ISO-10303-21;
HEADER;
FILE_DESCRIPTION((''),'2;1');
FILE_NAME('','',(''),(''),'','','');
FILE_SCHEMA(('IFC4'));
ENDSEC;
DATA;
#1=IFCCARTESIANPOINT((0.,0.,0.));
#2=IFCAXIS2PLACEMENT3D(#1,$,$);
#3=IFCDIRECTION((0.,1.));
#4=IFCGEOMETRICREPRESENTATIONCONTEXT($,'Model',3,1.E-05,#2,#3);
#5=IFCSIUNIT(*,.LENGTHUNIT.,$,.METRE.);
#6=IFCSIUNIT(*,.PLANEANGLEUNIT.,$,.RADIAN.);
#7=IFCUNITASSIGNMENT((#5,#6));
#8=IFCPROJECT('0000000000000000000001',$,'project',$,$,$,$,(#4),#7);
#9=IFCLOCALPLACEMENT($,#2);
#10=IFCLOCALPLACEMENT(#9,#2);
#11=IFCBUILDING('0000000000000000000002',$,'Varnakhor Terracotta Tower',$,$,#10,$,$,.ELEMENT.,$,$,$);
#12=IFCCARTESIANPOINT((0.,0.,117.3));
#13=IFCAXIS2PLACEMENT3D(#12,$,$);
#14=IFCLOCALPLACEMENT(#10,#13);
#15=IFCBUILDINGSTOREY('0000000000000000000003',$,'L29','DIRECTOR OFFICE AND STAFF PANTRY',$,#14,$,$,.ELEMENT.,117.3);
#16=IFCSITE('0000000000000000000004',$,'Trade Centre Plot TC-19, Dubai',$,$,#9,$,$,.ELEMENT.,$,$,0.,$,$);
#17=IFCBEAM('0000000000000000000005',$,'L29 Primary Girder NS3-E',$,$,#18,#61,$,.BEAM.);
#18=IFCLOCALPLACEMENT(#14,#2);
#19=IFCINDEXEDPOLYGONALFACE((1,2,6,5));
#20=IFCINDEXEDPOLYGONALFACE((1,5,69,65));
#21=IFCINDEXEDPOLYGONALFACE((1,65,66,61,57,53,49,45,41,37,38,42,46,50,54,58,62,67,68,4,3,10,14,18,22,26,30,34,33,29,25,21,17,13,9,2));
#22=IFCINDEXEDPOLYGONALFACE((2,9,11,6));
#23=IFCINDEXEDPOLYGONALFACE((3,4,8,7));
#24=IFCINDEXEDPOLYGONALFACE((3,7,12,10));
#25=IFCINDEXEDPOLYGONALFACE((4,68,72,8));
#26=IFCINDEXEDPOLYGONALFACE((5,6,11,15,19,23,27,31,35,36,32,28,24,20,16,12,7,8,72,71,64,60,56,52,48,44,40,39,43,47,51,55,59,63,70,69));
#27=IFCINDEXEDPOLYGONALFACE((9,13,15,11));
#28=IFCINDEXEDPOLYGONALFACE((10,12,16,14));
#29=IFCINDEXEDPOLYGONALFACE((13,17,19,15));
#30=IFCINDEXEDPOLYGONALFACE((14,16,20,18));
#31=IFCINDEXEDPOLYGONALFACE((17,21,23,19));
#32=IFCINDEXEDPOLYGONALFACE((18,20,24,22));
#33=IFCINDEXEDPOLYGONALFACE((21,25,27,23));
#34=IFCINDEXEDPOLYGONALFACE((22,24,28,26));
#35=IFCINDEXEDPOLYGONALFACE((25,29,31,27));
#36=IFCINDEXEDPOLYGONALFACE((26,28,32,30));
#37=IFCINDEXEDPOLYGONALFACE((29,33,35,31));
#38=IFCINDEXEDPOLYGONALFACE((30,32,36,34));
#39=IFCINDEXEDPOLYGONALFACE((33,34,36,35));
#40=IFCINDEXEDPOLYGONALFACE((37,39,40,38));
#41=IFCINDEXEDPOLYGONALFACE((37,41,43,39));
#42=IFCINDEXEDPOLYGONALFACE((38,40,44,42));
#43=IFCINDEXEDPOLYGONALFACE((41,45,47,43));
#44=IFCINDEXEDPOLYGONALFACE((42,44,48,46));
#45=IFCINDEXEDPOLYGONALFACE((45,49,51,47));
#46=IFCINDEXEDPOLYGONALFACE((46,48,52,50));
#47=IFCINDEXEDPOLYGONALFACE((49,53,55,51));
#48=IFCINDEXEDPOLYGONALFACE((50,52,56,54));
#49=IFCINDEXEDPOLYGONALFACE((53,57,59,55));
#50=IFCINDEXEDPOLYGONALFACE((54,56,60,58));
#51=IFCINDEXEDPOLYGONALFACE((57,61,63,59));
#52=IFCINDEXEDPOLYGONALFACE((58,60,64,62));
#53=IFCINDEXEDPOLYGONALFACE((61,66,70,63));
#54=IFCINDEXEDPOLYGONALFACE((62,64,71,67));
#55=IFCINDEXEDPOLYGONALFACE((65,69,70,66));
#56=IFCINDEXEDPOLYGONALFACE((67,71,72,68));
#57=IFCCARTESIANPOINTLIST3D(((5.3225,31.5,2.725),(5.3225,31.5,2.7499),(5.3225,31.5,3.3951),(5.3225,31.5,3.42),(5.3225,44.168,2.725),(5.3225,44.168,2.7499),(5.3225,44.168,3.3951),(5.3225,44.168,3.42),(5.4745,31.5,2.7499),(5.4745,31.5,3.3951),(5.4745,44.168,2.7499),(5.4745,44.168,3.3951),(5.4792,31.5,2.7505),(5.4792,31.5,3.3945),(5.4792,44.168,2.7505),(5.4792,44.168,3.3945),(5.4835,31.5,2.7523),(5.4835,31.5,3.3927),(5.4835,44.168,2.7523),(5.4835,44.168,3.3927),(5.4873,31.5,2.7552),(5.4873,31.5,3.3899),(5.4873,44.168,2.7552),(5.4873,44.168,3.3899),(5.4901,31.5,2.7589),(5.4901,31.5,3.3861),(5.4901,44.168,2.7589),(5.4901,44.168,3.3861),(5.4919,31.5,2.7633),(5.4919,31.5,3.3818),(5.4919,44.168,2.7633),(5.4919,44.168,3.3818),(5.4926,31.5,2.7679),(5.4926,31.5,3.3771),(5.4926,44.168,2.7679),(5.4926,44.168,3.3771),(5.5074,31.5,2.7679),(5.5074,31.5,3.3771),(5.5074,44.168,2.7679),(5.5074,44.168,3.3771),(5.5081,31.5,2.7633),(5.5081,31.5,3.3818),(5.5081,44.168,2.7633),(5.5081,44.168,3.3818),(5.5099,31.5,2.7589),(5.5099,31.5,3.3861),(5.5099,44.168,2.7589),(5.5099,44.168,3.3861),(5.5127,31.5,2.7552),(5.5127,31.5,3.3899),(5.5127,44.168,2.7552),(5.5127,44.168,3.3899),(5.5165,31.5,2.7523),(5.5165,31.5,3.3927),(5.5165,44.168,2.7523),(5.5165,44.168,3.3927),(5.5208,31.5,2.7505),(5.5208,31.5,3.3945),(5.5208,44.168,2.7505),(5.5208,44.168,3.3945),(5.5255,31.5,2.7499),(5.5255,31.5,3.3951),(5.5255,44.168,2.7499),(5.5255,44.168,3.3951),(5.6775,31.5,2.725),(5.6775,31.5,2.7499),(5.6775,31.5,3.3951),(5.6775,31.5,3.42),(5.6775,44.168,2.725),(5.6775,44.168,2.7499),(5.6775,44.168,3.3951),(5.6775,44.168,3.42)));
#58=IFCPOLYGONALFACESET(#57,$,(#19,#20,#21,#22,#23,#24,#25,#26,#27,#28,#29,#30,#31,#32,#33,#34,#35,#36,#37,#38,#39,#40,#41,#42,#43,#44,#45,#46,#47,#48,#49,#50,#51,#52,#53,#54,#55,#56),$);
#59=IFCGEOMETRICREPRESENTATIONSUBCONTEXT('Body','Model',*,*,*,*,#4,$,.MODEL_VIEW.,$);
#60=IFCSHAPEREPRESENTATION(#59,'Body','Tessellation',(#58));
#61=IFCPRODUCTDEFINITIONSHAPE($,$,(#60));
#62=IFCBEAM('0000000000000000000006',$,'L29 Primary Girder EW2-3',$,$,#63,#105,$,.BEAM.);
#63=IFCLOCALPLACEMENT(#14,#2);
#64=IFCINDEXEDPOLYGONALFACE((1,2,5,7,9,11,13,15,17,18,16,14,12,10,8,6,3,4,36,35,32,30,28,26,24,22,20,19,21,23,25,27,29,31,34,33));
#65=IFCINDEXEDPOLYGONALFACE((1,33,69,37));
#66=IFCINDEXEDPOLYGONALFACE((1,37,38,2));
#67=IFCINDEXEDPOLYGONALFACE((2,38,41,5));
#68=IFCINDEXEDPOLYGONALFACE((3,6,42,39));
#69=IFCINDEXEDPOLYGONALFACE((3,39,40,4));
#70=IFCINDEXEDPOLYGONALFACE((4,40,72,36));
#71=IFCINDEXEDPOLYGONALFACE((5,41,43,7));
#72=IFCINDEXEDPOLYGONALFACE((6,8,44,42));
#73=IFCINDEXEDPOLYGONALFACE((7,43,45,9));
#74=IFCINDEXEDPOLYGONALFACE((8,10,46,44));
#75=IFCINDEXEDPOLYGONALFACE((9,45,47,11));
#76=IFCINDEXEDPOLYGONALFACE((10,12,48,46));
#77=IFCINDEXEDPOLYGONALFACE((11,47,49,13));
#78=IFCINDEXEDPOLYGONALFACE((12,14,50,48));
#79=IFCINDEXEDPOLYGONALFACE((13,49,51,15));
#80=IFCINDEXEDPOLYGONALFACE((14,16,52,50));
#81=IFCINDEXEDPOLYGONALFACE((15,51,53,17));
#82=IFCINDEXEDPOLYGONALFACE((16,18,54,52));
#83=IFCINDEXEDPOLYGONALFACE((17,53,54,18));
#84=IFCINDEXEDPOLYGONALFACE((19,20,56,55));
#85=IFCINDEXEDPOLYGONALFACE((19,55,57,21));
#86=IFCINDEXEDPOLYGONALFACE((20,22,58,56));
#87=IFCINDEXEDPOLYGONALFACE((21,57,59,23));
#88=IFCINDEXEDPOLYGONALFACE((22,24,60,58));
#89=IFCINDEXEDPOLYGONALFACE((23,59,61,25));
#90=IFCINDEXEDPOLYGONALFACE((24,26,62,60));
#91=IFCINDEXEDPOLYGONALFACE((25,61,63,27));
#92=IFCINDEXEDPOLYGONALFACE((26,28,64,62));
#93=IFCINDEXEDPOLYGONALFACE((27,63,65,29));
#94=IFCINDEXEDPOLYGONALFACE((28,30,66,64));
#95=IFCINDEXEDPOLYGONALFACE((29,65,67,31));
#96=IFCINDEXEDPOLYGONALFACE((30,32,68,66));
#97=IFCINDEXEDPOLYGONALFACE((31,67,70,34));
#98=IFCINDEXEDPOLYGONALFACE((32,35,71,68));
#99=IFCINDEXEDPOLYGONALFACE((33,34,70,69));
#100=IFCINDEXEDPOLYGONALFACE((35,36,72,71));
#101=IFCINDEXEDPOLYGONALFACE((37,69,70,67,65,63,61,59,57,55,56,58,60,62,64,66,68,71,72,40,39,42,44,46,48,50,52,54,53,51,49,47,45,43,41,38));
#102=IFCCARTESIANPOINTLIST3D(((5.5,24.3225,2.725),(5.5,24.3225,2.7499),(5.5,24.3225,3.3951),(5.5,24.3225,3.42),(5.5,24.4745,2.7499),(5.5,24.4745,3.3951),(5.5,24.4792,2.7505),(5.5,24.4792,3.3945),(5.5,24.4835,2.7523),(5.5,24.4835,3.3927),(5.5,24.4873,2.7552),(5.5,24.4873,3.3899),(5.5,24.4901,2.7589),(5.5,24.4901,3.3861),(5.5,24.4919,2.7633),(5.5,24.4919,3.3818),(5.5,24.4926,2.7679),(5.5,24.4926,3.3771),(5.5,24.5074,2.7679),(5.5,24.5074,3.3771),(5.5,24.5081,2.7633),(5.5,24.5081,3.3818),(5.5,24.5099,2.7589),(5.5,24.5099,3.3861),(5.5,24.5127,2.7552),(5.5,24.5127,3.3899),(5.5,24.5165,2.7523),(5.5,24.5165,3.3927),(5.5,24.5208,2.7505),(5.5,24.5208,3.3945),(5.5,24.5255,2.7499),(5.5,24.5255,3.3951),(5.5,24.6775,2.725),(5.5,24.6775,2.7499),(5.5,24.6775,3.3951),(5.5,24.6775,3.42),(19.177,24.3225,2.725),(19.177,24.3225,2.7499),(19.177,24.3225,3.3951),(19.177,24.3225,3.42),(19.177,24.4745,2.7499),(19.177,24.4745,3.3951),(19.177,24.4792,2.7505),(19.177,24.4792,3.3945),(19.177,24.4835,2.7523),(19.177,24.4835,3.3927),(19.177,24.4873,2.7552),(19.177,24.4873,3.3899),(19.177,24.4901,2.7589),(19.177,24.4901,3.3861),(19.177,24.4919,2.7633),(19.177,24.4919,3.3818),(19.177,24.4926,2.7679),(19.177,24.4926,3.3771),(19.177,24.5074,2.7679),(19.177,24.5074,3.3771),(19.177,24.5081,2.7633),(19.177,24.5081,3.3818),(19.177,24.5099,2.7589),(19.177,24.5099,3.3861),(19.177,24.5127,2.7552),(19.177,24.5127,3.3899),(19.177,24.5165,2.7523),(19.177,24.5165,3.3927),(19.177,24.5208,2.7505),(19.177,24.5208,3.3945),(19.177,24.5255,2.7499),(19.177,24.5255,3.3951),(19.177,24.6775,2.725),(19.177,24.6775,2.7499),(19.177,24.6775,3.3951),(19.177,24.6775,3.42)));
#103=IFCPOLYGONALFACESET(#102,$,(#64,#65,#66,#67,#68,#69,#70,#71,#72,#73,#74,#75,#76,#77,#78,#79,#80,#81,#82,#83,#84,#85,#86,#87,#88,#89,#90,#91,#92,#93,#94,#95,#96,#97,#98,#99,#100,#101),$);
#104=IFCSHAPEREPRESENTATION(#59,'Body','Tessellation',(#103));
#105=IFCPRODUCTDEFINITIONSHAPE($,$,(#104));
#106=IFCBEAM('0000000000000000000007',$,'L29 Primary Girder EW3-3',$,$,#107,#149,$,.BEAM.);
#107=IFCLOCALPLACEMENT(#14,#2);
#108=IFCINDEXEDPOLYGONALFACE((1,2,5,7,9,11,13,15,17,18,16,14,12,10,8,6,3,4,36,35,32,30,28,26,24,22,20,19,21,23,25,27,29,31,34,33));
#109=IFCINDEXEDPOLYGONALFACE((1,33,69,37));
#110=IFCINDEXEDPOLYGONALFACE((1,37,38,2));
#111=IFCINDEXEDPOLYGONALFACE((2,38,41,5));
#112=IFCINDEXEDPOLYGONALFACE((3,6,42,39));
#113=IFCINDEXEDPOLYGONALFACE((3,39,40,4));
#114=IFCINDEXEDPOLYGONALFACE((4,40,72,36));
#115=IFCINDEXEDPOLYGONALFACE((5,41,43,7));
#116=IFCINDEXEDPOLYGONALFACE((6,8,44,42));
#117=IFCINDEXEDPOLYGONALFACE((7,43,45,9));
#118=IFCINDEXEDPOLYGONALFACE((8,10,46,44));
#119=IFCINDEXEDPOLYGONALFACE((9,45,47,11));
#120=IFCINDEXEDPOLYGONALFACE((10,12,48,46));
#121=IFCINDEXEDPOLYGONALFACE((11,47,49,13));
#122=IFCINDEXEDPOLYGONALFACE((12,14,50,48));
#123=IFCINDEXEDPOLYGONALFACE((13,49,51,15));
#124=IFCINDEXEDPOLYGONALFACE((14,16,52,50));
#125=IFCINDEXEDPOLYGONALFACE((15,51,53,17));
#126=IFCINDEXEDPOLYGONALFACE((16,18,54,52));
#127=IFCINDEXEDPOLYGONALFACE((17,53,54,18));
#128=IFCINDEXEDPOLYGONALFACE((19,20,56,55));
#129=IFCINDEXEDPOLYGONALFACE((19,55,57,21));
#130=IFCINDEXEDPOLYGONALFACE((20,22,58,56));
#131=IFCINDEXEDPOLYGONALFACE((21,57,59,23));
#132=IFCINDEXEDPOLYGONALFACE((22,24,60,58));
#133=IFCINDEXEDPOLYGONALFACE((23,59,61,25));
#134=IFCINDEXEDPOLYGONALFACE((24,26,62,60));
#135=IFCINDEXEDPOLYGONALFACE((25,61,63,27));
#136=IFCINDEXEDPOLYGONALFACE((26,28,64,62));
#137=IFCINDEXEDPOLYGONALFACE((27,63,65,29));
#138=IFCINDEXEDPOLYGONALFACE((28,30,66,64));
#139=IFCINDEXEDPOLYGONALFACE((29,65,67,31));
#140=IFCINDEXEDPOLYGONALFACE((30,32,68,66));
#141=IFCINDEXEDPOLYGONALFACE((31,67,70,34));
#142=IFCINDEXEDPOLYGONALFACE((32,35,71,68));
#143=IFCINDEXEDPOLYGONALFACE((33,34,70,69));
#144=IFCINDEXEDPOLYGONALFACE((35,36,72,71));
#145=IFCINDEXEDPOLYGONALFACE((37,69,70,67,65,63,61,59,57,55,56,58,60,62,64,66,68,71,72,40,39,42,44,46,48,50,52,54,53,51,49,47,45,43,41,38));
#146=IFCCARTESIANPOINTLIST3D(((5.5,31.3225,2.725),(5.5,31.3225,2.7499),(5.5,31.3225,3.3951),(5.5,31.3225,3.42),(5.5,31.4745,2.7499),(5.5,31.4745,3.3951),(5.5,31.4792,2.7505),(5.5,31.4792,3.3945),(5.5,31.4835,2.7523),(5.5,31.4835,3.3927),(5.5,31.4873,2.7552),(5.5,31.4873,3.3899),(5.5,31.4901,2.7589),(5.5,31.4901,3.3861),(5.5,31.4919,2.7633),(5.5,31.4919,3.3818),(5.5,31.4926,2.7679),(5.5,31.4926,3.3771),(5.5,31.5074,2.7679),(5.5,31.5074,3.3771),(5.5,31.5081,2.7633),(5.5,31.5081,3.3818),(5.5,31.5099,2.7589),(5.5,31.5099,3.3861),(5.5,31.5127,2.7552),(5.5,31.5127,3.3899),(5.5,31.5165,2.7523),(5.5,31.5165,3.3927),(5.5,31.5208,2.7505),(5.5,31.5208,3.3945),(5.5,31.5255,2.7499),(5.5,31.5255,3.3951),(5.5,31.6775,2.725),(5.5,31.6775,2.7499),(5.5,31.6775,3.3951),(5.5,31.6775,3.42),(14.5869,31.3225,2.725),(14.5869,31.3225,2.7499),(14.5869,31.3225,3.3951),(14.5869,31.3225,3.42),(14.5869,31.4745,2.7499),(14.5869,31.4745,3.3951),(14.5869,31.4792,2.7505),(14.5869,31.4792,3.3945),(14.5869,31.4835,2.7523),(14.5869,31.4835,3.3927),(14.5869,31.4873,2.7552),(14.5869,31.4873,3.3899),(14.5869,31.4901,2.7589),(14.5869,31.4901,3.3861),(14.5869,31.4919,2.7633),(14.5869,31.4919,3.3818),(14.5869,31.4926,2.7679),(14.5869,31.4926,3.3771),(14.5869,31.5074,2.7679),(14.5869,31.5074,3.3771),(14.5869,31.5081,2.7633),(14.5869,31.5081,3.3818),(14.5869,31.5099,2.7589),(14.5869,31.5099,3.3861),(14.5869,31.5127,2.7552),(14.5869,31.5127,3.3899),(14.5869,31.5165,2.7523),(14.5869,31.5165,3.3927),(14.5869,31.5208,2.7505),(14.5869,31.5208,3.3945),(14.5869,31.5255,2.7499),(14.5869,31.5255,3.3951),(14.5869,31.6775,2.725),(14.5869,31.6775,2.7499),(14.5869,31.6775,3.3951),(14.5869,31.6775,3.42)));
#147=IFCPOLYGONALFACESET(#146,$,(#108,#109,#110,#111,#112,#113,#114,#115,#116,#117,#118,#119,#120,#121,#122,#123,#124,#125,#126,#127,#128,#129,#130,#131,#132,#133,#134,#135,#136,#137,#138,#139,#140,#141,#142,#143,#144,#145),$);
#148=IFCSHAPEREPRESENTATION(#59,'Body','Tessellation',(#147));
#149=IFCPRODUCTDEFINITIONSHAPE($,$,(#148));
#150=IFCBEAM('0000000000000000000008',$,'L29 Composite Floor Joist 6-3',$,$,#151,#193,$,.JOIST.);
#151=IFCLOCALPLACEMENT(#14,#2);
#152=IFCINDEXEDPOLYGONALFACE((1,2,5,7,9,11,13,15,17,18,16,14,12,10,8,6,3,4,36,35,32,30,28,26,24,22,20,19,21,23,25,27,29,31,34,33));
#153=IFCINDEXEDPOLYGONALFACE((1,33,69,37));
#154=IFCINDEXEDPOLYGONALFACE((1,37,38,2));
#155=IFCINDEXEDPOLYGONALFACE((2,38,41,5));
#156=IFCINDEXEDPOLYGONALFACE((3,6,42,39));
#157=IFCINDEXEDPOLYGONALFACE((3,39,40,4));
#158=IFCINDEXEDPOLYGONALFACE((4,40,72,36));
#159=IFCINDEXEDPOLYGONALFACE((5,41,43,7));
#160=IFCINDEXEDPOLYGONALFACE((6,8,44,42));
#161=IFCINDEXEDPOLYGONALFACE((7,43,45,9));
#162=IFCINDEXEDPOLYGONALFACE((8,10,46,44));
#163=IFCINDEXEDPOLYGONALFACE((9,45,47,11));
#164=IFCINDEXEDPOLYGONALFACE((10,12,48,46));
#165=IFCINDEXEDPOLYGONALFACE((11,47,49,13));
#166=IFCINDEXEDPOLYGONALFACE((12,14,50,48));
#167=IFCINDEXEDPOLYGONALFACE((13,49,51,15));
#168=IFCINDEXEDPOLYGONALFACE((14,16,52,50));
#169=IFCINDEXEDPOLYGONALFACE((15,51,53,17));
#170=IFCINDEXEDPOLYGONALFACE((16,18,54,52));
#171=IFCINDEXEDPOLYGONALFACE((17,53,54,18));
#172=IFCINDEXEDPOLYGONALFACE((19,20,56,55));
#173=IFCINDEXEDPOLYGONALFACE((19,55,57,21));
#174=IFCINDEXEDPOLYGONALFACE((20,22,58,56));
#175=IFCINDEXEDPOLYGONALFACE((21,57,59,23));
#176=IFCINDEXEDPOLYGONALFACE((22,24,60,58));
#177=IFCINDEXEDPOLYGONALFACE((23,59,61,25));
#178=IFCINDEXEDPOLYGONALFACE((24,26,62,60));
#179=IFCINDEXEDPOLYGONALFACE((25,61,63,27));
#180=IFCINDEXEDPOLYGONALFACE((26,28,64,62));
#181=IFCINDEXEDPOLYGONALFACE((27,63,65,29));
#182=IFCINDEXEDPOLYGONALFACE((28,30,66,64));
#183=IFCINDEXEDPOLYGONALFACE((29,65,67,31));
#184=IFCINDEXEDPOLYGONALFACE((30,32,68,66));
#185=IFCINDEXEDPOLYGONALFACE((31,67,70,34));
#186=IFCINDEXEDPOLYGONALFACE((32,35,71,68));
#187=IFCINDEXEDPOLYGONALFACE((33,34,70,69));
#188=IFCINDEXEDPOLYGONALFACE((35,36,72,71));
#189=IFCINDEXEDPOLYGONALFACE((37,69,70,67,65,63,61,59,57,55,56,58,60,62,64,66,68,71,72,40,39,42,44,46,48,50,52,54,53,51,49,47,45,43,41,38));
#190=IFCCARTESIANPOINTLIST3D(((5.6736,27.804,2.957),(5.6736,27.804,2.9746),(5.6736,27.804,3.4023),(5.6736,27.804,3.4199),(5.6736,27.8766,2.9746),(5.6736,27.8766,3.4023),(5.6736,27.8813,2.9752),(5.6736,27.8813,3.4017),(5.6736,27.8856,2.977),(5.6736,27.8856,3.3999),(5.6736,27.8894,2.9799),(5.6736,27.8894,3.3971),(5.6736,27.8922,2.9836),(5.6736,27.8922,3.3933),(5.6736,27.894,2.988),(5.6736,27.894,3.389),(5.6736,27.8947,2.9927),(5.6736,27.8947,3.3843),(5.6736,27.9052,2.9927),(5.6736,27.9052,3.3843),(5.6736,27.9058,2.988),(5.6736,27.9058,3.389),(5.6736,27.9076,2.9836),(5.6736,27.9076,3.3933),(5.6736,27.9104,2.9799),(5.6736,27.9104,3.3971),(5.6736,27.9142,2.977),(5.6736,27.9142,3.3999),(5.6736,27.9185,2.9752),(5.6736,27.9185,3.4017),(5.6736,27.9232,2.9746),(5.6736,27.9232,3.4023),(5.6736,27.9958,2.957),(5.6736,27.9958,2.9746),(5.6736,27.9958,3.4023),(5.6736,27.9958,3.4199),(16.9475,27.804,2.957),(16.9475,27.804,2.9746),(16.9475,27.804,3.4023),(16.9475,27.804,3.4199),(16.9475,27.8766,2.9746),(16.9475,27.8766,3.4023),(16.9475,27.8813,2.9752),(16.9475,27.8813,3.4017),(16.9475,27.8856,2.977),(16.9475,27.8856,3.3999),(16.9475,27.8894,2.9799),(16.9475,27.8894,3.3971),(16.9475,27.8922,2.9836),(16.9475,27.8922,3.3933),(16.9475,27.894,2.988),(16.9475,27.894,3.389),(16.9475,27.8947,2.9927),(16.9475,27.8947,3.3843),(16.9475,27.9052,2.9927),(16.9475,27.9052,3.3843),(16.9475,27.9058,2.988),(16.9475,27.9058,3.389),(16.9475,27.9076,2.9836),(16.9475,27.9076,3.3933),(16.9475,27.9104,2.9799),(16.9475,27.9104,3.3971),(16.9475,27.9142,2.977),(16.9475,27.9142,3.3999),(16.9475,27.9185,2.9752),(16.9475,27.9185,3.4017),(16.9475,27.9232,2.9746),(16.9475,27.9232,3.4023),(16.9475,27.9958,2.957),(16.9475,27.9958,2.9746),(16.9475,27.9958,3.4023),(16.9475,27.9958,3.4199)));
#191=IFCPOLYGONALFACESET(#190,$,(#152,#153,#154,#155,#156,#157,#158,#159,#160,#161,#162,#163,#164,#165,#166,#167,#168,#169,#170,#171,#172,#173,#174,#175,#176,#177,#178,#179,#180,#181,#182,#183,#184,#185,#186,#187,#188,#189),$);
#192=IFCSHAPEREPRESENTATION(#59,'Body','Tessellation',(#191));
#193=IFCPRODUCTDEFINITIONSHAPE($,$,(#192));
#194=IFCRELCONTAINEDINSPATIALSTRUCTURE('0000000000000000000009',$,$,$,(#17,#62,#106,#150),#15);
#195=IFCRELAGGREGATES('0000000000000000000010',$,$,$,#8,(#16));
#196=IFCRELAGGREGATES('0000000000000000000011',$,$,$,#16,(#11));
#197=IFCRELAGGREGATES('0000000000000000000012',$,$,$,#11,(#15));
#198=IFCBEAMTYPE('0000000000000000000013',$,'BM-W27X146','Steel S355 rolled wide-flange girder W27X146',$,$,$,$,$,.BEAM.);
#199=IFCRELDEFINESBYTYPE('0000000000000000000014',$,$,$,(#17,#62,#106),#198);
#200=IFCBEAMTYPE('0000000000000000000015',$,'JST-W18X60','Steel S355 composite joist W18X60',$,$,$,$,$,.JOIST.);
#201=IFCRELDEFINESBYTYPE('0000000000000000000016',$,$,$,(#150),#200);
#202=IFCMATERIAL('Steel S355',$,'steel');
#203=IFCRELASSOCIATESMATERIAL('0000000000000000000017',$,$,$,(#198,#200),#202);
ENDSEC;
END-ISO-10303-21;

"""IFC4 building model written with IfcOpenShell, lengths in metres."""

from ifc_helpers import new_model, si_unit, direction, frame, origin, origin_2d, place, context, subcontext, project, spatial, i_section, extrude, source, transform, mapped, material, material_profile, profile_set, type_object, element, save


model = new_model("IFC4")

# Units and contexts
model_context = context("Model", 3, precision=1e-05, world=origin(), true_north=direction((0.0, 1.0)))
body_context = subcontext(model_context, "Body", "Model", "MODEL_VIEW")
ifc_project = project(units=[si_unit("LENGTHUNIT", "METRE"), si_unit("PLANEANGLEUNIT", "RADIAN")], contexts=[model_context])

# Site, building, storey
site_placement = place(None, origin())
site = spatial("IfcSite", under=ifc_project, at=site_placement, Name="Trade Centre Plot TC-19, Dubai", CompositionType="ELEMENT", RefElevation=0.0)
building_placement = place(site_placement, origin())
building = spatial("IfcBuilding", under=site, at=building_placement, Name="Varnakhor Terracotta Tower", CompositionType="ELEMENT")
storey_placement = place(building_placement, frame((0.0, 0.0, 117.3)))
storey = spatial("IfcBuildingStorey", under=building, at=storey_placement, Name="L29", Description="DIRECTOR OFFICE AND STAFF PANTRY", CompositionType="ELEMENT", Elevation=117.3)

# Beams
ifc_material_1 = material(Name="Steel S355", Category="steel")
ifc_material_profile_1 = material_profile(ifc_material_1, i_section(OverallWidth=0.355, OverallDepth=0.6951, WebThickness=0.0149, FlangeThickness=0.0249, FilletRadius=0.0181, at=origin_2d()), Name="W27X146")
ifc_profile_set_1 = profile_set([ifc_material_profile_1], Name="Steel S355")
beam_type_1 = type_object("IfcBeamType", Name="BM-W27X146", Description="Steel S355 rolled wide-flange girder W27X146", PredefinedType="BEAM", material=ifc_profile_set_1)
shared_shape_1 = source(origin(), body_context, "Body", "SweptSolid", [
    extrude(i_section(OverallWidth=0.355, OverallDepth=0.6951, WebThickness=0.0149, FlangeThickness=0.0249, FilletRadius=0.0181, at=origin_2d()), origin(), (0.0, 0.0, 1.0), 12.668),
])
beam_1_placement = place(storey_placement, frame((5.5, 31.5, 3.0725), z_axis=(0.0, 1.0, 0.0), x_axis=(-1.0, 0.0, 0.0)))
element("IfcBeam", 1, at=beam_1_placement, inside=storey, type_object=beam_type_1, Name="L29 Primary Girder NS3-E", PredefinedType="BEAM", context=body_context, shape_type="MappedRepresentation", body=[
    mapped(shared_shape_1, transform((0.0, 0.0, 0.0), scale=1.0)),
])
shared_shape_2 = source(origin(), body_context, "Body", "SweptSolid", [
    extrude(i_section(OverallWidth=0.355, OverallDepth=0.6951, WebThickness=0.0149, FlangeThickness=0.0249, FilletRadius=0.0181, at=origin_2d()), origin(), (0.0, 0.0, 1.0), 13.677),
])
beam_2_placement = place(storey_placement, frame((5.5, 24.5, 3.0725), z_axis=(1.0, 0.0, 0.0), x_axis=(0.0, 1.0, 0.0)))
element("IfcBeam", 2, at=beam_2_placement, inside=storey, type_object=beam_type_1, Name="L29 Primary Girder EW2-3", PredefinedType="BEAM", context=body_context, shape_type="MappedRepresentation", body=[
    mapped(shared_shape_2, transform((0.0, 0.0, 0.0), scale=1.0)),
])
shared_shape_3 = source(origin(), body_context, "Body", "SweptSolid", [
    extrude(i_section(OverallWidth=0.355, OverallDepth=0.6951, WebThickness=0.0149, FlangeThickness=0.0249, FilletRadius=0.0181, at=origin_2d()), origin(), (0.0, 0.0, 1.0), 9.0869),
])
beam_3_placement = place(storey_placement, frame((5.5, 31.5, 3.0725), z_axis=(1.0, 0.0, 0.0), x_axis=(0.0, 1.0, 0.0)))
element("IfcBeam", 3, at=beam_3_placement, inside=storey, type_object=beam_type_1, Name="L29 Primary Girder EW3-3", PredefinedType="BEAM", context=body_context, shape_type="MappedRepresentation", body=[
    mapped(shared_shape_3, transform((0.0, 0.0, 0.0), scale=1.0)),
])
ifc_material_profile_2 = material_profile(ifc_material_1, i_section(OverallWidth=0.1919, OverallDepth=0.4629, WebThickness=0.0105, FlangeThickness=0.0176, FilletRadius=0.0181, at=origin_2d()), Name="W18X60")
ifc_profile_set_2 = profile_set([ifc_material_profile_2], Name="Steel S355")
beam_type_2 = type_object("IfcBeamType", Name="JST-W18X60", Description="Steel S355 composite joist W18X60", PredefinedType="JOIST", material=ifc_profile_set_2)
shared_shape_4 = source(origin(), body_context, "Body", "SweptSolid", [
    extrude(i_section(OverallWidth=0.1919, OverallDepth=0.4629, WebThickness=0.0105, FlangeThickness=0.0176, FilletRadius=0.0181, at=origin_2d()), origin(), (0.0, 0.0, 1.0), 11.2739),
])
beam_4_placement = place(storey_placement, frame((5.6736, 27.8999, 3.1885), z_axis=(1.0, 0.0, 0.0), x_axis=(0.0, 1.0, 0.0)))
element("IfcBeam", 4, at=beam_4_placement, inside=storey, type_object=beam_type_2, Name="L29 Composite Floor Joist 6-3", PredefinedType="JOIST", context=body_context, shape_type="MappedRepresentation", body=[
    mapped(shared_shape_4, transform((0.0, 0.0, 0.0), scale=1.0)),
])

save(model, "model.ifc")
